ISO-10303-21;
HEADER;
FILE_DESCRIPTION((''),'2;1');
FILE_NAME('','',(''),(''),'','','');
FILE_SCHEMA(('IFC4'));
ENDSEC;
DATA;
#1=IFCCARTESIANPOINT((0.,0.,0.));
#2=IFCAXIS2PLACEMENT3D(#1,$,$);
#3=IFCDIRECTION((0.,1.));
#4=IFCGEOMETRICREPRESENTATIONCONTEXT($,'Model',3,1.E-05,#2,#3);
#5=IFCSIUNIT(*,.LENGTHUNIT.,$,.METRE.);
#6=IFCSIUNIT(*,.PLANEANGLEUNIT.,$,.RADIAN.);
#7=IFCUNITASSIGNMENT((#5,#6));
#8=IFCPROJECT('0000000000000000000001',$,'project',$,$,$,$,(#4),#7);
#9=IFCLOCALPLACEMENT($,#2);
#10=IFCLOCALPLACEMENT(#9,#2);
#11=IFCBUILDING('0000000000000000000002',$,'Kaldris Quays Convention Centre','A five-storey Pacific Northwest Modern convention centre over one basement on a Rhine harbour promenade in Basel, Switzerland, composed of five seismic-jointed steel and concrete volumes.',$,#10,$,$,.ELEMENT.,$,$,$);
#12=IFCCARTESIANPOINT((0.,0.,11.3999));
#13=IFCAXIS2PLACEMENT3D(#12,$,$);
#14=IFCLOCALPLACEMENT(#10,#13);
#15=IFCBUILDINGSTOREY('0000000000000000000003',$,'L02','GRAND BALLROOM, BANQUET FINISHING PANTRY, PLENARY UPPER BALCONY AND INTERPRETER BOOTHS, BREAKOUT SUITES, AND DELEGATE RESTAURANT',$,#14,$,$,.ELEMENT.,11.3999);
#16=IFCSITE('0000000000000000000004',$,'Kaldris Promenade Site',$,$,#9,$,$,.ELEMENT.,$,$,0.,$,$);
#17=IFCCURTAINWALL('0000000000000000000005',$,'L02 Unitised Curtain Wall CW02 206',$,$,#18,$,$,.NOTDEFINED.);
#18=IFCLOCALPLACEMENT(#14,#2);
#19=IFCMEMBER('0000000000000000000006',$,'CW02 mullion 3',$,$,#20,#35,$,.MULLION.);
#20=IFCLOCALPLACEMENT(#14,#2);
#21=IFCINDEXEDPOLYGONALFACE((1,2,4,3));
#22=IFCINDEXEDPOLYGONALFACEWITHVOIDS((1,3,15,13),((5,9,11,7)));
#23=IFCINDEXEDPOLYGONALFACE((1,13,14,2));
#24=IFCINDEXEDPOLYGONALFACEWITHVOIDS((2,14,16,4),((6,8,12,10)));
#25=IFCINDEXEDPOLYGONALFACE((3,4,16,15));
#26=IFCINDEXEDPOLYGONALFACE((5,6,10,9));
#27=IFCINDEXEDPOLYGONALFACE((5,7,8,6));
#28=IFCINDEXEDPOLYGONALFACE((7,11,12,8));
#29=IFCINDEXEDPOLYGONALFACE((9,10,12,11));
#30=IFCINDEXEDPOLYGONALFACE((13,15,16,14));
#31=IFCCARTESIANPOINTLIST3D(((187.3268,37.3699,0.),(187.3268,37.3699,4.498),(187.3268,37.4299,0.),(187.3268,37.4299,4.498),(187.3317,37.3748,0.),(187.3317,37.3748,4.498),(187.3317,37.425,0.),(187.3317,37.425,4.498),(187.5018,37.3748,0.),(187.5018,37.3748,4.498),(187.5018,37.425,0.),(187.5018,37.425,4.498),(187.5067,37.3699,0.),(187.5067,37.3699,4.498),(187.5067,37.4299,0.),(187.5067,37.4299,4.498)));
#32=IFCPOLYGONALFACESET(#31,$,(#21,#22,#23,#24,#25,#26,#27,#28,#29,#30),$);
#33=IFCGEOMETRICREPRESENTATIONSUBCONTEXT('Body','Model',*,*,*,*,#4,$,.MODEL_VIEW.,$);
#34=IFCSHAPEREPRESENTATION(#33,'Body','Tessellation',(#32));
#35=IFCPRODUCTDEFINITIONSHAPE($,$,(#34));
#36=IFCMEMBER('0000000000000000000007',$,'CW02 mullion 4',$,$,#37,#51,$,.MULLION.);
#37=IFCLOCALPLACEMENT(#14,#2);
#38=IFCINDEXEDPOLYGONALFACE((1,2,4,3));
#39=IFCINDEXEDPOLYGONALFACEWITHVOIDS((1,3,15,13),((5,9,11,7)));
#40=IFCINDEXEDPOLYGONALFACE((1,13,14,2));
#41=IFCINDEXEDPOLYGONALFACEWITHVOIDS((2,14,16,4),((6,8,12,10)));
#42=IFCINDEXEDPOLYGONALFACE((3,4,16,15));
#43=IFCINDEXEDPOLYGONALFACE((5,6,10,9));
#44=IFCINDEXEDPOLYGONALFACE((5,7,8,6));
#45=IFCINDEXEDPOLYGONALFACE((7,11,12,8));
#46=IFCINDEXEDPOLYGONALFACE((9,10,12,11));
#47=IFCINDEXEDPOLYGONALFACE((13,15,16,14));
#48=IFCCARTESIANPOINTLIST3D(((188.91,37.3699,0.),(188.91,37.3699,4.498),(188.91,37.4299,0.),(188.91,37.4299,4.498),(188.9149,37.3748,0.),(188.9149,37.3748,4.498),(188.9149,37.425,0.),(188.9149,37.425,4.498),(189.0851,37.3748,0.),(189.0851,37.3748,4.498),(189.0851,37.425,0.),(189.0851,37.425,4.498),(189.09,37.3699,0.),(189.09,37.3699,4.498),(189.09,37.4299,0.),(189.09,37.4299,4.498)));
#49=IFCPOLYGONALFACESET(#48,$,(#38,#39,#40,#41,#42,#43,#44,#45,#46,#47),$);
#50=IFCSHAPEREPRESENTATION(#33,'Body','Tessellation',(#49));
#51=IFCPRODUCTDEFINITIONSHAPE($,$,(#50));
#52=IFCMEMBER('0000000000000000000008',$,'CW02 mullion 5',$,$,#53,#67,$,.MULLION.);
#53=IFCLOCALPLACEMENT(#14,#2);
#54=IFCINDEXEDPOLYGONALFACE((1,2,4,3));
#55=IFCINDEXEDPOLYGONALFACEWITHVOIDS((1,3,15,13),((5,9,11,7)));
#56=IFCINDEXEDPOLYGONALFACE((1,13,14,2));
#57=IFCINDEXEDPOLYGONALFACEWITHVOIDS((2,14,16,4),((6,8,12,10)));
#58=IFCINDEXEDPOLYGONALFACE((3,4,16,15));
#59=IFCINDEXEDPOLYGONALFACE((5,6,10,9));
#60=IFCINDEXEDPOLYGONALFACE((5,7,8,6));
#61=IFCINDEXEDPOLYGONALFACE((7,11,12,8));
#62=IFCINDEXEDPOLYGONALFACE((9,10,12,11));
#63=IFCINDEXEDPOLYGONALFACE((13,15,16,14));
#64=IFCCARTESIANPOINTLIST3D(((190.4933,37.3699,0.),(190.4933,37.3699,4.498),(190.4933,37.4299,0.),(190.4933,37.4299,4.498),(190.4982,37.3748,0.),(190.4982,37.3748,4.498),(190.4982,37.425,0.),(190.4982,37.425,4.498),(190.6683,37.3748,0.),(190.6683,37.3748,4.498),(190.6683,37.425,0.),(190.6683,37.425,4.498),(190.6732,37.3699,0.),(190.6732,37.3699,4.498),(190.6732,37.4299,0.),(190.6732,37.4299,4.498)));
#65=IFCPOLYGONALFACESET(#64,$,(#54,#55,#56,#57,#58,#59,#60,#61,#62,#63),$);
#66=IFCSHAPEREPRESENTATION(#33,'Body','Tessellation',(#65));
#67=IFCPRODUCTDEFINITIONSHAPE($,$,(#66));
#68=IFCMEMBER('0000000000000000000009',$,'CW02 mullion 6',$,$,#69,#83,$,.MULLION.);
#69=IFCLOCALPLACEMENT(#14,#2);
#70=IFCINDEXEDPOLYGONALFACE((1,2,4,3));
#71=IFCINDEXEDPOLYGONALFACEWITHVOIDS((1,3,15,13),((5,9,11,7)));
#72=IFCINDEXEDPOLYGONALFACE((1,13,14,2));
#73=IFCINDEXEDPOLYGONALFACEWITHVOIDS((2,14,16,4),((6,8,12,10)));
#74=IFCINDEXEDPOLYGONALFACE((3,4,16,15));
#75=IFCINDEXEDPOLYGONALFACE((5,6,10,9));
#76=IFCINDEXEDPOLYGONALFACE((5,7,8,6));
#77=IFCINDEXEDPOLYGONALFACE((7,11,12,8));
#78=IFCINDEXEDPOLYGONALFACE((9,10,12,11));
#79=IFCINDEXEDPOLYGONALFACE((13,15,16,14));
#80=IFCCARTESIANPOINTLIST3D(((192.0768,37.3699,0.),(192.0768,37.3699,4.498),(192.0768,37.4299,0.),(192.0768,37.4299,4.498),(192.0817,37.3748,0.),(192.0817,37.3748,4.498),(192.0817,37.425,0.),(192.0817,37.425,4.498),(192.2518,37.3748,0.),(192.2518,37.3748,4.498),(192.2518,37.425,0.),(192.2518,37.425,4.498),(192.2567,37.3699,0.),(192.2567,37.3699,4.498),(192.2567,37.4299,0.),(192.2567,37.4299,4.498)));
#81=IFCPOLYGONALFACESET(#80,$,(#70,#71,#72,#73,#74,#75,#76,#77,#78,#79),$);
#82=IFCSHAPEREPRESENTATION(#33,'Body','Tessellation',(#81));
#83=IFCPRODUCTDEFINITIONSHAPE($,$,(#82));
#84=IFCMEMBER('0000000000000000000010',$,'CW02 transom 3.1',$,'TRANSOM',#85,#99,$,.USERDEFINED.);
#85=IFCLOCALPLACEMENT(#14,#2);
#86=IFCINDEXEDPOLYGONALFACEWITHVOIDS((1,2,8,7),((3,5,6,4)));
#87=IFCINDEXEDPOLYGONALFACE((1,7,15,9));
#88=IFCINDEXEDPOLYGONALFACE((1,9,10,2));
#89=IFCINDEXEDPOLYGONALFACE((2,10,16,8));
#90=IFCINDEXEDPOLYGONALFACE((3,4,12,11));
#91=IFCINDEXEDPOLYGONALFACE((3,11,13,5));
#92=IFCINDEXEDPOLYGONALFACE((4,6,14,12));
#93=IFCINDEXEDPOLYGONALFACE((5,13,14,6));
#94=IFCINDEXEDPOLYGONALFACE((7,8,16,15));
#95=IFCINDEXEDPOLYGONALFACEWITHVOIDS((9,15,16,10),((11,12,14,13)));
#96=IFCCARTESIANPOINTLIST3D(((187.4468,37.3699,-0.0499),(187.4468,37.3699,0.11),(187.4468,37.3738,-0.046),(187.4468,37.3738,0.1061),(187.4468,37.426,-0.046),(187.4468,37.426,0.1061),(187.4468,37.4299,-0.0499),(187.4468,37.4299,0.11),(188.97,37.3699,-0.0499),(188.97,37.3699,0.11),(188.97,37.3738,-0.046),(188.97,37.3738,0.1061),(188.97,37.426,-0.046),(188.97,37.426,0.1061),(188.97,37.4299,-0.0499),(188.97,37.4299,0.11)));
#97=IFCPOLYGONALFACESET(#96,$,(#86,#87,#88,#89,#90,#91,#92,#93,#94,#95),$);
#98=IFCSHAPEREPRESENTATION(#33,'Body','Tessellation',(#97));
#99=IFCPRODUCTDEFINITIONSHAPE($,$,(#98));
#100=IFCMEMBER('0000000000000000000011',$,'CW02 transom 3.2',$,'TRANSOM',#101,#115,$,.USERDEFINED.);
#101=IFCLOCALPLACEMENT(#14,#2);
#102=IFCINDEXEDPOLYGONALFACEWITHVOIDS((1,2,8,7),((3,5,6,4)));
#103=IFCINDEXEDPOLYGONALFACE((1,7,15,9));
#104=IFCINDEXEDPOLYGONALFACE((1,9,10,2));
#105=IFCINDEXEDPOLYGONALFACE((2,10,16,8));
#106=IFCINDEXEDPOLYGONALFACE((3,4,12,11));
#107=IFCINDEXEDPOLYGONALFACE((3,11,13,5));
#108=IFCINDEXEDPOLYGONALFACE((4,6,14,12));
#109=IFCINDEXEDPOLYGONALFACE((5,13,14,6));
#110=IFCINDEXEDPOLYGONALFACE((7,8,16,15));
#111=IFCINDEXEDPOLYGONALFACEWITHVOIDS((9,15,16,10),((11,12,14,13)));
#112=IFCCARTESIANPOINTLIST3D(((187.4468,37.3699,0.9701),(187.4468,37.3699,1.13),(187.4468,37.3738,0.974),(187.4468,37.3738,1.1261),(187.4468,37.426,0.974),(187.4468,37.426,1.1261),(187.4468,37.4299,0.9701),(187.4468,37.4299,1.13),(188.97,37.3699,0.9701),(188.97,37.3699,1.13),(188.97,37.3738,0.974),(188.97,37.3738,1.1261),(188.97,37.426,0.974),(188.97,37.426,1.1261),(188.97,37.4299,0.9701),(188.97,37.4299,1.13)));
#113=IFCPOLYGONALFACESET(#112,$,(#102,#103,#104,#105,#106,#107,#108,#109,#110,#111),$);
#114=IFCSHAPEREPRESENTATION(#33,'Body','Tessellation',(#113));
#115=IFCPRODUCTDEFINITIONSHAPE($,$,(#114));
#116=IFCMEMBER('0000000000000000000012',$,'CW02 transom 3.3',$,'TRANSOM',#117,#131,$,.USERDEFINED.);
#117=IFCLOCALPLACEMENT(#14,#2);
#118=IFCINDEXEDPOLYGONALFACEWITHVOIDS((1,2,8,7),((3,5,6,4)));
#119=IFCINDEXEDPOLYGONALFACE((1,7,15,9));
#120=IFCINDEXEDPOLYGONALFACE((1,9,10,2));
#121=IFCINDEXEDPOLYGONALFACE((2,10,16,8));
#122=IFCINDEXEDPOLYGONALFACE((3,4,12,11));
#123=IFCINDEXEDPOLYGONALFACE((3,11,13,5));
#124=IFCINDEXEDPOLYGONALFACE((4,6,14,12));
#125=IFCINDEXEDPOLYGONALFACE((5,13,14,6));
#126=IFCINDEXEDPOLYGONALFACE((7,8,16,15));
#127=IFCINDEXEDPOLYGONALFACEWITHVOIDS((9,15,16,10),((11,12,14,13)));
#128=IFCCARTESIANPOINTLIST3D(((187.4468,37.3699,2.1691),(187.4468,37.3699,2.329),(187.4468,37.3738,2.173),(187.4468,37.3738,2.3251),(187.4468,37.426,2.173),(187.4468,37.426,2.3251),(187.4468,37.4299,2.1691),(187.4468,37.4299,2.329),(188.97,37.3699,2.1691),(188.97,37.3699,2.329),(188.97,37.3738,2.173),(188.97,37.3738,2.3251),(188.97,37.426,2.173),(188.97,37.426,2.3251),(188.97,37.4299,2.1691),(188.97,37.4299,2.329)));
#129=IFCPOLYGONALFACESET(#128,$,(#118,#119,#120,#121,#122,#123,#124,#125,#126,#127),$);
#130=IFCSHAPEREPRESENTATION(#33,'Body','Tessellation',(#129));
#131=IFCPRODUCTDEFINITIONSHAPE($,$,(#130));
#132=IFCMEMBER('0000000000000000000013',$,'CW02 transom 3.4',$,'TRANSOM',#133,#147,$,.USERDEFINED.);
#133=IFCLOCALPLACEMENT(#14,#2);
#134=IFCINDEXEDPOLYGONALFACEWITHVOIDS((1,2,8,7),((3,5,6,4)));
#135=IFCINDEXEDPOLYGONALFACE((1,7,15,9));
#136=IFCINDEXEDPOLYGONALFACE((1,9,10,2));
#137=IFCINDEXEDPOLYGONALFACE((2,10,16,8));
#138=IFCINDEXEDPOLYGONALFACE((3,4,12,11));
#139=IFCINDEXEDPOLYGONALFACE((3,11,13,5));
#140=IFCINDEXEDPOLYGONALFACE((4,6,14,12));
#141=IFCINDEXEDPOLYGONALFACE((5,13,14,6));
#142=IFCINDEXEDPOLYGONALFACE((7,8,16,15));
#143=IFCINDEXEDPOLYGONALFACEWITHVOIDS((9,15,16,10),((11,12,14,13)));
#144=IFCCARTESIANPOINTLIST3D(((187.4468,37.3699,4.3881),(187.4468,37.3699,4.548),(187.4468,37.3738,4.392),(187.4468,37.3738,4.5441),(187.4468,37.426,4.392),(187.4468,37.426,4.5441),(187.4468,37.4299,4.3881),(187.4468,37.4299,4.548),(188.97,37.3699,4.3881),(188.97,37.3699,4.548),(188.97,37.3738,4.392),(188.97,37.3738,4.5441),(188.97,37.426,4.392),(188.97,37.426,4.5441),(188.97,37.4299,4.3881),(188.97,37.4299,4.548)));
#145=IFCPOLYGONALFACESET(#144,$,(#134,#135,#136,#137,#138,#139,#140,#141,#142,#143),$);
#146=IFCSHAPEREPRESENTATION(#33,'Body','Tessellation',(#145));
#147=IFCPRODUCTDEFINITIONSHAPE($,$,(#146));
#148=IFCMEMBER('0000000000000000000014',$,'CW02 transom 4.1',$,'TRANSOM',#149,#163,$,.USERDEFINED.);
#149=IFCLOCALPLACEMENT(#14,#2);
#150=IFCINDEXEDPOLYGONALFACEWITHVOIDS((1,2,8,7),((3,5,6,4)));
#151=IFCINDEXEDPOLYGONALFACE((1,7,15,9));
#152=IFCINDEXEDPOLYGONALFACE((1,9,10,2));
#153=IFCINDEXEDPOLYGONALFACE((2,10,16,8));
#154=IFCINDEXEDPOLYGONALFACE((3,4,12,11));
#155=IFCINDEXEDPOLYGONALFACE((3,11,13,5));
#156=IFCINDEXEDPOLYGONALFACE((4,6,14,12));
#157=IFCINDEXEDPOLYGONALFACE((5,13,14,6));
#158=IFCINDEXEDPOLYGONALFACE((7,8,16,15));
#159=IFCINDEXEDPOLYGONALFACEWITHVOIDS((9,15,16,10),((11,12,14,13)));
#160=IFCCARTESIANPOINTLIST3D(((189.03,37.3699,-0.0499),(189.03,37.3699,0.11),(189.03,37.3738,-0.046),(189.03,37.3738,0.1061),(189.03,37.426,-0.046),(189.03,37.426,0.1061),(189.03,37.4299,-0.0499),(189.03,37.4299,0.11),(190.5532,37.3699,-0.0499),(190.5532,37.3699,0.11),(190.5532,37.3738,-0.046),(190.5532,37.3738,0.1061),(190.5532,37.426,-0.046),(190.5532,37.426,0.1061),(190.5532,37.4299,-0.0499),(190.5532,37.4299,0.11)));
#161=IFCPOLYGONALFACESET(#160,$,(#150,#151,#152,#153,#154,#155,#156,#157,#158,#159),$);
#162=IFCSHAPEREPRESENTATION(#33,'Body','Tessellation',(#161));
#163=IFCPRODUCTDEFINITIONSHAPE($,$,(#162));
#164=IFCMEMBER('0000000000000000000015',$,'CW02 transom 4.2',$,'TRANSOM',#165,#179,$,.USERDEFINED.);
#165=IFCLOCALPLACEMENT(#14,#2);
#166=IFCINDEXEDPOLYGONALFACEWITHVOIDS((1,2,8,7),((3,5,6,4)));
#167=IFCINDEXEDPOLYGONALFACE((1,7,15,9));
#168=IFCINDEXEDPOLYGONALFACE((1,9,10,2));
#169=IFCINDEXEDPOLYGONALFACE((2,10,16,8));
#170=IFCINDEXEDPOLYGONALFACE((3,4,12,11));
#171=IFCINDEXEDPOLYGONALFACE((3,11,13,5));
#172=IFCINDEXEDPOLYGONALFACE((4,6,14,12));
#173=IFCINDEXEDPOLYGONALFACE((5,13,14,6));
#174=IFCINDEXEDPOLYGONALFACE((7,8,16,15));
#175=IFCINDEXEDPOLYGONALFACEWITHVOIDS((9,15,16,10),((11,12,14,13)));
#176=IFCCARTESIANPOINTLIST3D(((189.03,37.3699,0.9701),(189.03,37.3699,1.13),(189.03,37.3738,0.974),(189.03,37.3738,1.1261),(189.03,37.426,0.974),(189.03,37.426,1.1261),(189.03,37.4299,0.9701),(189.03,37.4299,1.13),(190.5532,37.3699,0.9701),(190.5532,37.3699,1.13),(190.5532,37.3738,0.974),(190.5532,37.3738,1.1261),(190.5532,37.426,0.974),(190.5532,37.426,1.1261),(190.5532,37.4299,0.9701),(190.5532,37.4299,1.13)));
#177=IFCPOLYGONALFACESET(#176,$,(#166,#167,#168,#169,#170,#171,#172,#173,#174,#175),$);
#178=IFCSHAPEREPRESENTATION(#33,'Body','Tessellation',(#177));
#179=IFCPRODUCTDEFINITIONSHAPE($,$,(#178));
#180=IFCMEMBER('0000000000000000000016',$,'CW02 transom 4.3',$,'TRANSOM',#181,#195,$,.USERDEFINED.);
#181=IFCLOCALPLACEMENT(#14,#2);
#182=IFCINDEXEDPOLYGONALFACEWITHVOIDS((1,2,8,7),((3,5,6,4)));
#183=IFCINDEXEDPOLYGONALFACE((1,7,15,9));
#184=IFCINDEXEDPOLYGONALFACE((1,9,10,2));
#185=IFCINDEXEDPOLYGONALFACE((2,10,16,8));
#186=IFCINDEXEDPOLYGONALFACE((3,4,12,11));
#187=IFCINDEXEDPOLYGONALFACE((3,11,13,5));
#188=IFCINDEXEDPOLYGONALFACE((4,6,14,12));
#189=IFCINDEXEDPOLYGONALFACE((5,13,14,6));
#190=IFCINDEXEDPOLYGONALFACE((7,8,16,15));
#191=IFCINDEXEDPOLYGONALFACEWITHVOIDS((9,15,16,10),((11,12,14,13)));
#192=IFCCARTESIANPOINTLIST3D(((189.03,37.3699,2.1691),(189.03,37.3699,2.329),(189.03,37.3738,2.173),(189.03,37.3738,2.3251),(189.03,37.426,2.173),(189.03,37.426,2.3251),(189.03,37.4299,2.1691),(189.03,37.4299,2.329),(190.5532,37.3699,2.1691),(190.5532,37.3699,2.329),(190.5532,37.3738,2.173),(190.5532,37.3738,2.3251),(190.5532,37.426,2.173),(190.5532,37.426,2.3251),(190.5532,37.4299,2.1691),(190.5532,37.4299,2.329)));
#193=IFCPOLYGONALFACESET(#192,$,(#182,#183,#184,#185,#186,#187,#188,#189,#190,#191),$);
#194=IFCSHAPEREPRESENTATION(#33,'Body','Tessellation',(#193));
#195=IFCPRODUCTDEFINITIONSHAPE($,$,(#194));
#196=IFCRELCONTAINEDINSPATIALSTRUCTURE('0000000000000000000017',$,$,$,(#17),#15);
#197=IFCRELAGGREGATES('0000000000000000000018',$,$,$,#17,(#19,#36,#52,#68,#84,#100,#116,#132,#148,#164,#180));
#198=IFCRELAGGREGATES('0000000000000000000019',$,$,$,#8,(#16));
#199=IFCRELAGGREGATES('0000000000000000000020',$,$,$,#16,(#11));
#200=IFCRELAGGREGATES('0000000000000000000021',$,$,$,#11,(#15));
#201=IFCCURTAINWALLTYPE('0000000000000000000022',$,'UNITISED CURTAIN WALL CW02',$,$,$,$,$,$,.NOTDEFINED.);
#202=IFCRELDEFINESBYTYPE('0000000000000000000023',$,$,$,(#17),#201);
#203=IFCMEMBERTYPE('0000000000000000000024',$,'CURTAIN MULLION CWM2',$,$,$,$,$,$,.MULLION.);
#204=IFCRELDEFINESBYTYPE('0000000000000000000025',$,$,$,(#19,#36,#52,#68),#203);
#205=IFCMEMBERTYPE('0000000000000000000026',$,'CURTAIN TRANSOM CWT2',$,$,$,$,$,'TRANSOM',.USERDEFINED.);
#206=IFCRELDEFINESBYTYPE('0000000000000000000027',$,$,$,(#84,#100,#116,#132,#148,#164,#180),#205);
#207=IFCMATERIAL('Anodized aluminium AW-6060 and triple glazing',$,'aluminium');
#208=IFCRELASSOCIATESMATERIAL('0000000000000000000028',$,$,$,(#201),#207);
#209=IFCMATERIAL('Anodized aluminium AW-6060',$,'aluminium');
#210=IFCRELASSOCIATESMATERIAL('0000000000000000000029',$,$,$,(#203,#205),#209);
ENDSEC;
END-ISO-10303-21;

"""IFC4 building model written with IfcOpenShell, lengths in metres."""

from ifc_helpers import new_model, si_unit, direction, frame, origin, origin_2d, place, context, subcontext, project, spatial, hollow_rectangle, extrude, material, material_profile, profile_set, type_object, element, aggregate, save


model = new_model("IFC4")

# Units and contexts
model_context = context("Model", 3, precision=1e-05, world=origin(), true_north=direction((0.0, 1.0)))
body_context = subcontext(model_context, "Body", "Model", "MODEL_VIEW")
ifc_project = project(units=[si_unit("LENGTHUNIT", "METRE"), si_unit("PLANEANGLEUNIT", "RADIAN")], contexts=[model_context])

# Site, building, storey
site_placement = place(None, origin())
site = spatial("IfcSite", under=ifc_project, at=site_placement, Name="Kaldris Promenade Site", CompositionType="ELEMENT", RefElevation=0.0)
building_placement = place(site_placement, origin())
building = spatial("IfcBuilding", under=site, at=building_placement, Name="Kaldris Quays Convention Centre", Description="A five-storey Pacific Northwest Modern convention centre over one basement on a Rhine harbour promenade in Basel, Switzerland, composed of five seismic-jointed steel and concrete volumes.", CompositionType="ELEMENT")
storey_placement = place(building_placement, frame((0.0, 0.0, 11.3999)))
storey = spatial("IfcBuildingStorey", under=building, at=storey_placement, Name="L02", Description="GRAND BALLROOM, BANQUET FINISHING PANTRY, PLENARY UPPER BALCONY AND INTERPRETER BOOTHS, BREAKOUT SUITES, AND DELEGATE RESTAURANT", CompositionType="ELEMENT", Elevation=11.3999)

# Curtain wall, members
ifc_material_1 = material(Name="Anodized aluminium AW-6060 and triple glazing", Category="aluminium")
curtain_wall_type = type_object("IfcCurtainWallType", Name="UNITISED CURTAIN WALL CW02", PredefinedType="NOTDEFINED", material=ifc_material_1)
curtain_wall_placement = place(storey_placement, origin())
curtain_wall = element("IfcCurtainWall", 1, at=curtain_wall_placement, inside=storey, type_object=curtain_wall_type, Name="L02 Unitised Curtain Wall CW02 206", PredefinedType="NOTDEFINED")
ifc_material_2 = material(Name="Anodized aluminium AW-6060", Category="aluminium")
ifc_material_profile_1 = material_profile(ifc_material_2, hollow_rectangle(XDim=0.0601, YDim=0.1799, WallThickness=0.0049, at=origin_2d()), Name="RHS 180x60x5")
ifc_profile_set_1 = profile_set([ifc_material_profile_1], Name="Anodized aluminium AW-6060")
member_type_1 = type_object("IfcMemberType", Name="CURTAIN MULLION CWM2", PredefinedType="MULLION", material=ifc_profile_set_1)
member_1_placement = place(storey_placement, frame((187.4167, 37.3999, 0.0), z_axis=(0.0, 0.0, 1.0), x_axis=(0.0, 1.0, 0.0)))
member_1 = element("IfcMember", 2, at=member_1_placement, type_object=member_type_1, Name="CW02 mullion 3", PredefinedType="MULLION", context=body_context, shape_type="SweptSolid", body=[
    extrude(hollow_rectangle(XDim=0.0601, YDim=0.1799, WallThickness=0.0049, at=origin_2d()), origin(), (0.0, 0.0, 1.0), 4.498),
])
member_2_placement = place(storey_placement, frame((189.0, 37.3999, 0.0), z_axis=(0.0, 0.0, 1.0), x_axis=(0.0, 1.0, 0.0)))
member_2 = element("IfcMember", 3, at=member_2_placement, type_object=member_type_1, Name="CW02 mullion 4", PredefinedType="MULLION", context=body_context, shape_type="SweptSolid", body=[
    extrude(hollow_rectangle(XDim=0.0601, YDim=0.1799, WallThickness=0.0049, at=origin_2d()), origin(), (0.0, 0.0, 1.0), 4.498),
])
member_3_placement = place(storey_placement, frame((190.5833, 37.3999, 0.0), z_axis=(0.0, 0.0, 1.0), x_axis=(0.0, 1.0, 0.0)))
member_3 = element("IfcMember", 4, at=member_3_placement, type_object=member_type_1, Name="CW02 mullion 5", PredefinedType="MULLION", context=body_context, shape_type="SweptSolid", body=[
    extrude(hollow_rectangle(XDim=0.0601, YDim=0.1799, WallThickness=0.0049, at=origin_2d()), origin(), (0.0, 0.0, 1.0), 4.498),
])
member_4_placement = place(storey_placement, frame((192.1667, 37.3999, 0.0), z_axis=(0.0, 0.0, 1.0), x_axis=(0.0, 1.0, 0.0)))
member_4 = element("IfcMember", 5, at=member_4_placement, type_object=member_type_1, Name="CW02 mullion 6", PredefinedType="MULLION", context=body_context, shape_type="SweptSolid", body=[
    extrude(hollow_rectangle(XDim=0.0601, YDim=0.1799, WallThickness=0.0049, at=origin_2d()), origin(), (0.0, 0.0, 1.0), 4.498),
])
ifc_material_profile_2 = material_profile(ifc_material_2, hollow_rectangle(XDim=0.0601, YDim=0.1599, WallThickness=0.0039, at=origin_2d()), Name="RHS 160x60x4")
ifc_profile_set_2 = profile_set([ifc_material_profile_2], Name="Anodized aluminium AW-6060")
member_type_2 = type_object("IfcMemberType", Name="CURTAIN TRANSOM CWT2", ElementType="TRANSOM", PredefinedType="USERDEFINED", material=ifc_profile_set_2)
member_5_placement = place(storey_placement, frame((187.4468, 37.3999, 0.03), z_axis=(1.0, 0.0, 0.0), x_axis=(0.0, 1.0, 0.0)))
member_5 = element("IfcMember", 6, at=member_5_placement, type_object=member_type_2, Name="CW02 transom 3.1", ObjectType="TRANSOM", PredefinedType="USERDEFINED", context=body_context, shape_type="SweptSolid", body=[
    extrude(hollow_rectangle(XDim=0.0601, YDim=0.1599, WallThickness=0.0039, at=origin_2d()), origin(), (0.0, 0.0, 1.0), 1.5232),
])
member_6_placement = place(storey_placement, frame((187.4468, 37.3999, 1.05), z_axis=(1.0, 0.0, 0.0), x_axis=(0.0, 1.0, 0.0)))
member_6 = element("IfcMember", 7, at=member_6_placement, type_object=member_type_2, Name="CW02 transom 3.2", ObjectType="TRANSOM", PredefinedType="USERDEFINED", context=body_context, shape_type="SweptSolid", body=[
    extrude(hollow_rectangle(XDim=0.0601, YDim=0.1599, WallThickness=0.0039, at=origin_2d()), origin(), (0.0, 0.0, 1.0), 1.5232),
])
member_7_placement = place(storey_placement, frame((187.4468, 37.3999, 2.249), z_axis=(1.0, 0.0, 0.0), x_axis=(0.0, 1.0, 0.0)))
member_7 = element("IfcMember", 8, at=member_7_placement, type_object=member_type_2, Name="CW02 transom 3.3", ObjectType="TRANSOM", PredefinedType="USERDEFINED", context=body_context, shape_type="SweptSolid", body=[
    extrude(hollow_rectangle(XDim=0.0601, YDim=0.1599, WallThickness=0.0039, at=origin_2d()), origin(), (0.0, 0.0, 1.0), 1.5232),
])
member_8_placement = place(storey_placement, frame((187.4468, 37.3999, 4.468), z_axis=(1.0, 0.0, 0.0), x_axis=(0.0, 1.0, 0.0)))
member_8 = element("IfcMember", 9, at=member_8_placement, type_object=member_type_2, Name="CW02 transom 3.4", ObjectType="TRANSOM", PredefinedType="USERDEFINED", context=body_context, shape_type="SweptSolid", body=[
    extrude(hollow_rectangle(XDim=0.0601, YDim=0.1599, WallThickness=0.0039, at=origin_2d()), origin(), (0.0, 0.0, 1.0), 1.5232),
])
member_9_placement = place(storey_placement, frame((189.03, 37.3999, 0.03), z_axis=(1.0, 0.0, 0.0), x_axis=(0.0, 1.0, 0.0)))
member_9 = element("IfcMember", 10, at=member_9_placement, type_object=member_type_2, Name="CW02 transom 4.1", ObjectType="TRANSOM", PredefinedType="USERDEFINED", context=body_context, shape_type="SweptSolid", body=[
    extrude(hollow_rectangle(XDim=0.0601, YDim=0.1599, WallThickness=0.0039, at=origin_2d()), origin(), (0.0, 0.0, 1.0), 1.5232),
])
member_10_placement = place(storey_placement, frame((189.03, 37.3999, 1.05), z_axis=(1.0, 0.0, 0.0), x_axis=(0.0, 1.0, 0.0)))
member_10 = element("IfcMember", 11, at=member_10_placement, type_object=member_type_2, Name="CW02 transom 4.2", ObjectType="TRANSOM", PredefinedType="USERDEFINED", context=body_context, shape_type="SweptSolid", body=[
    extrude(hollow_rectangle(XDim=0.0601, YDim=0.1599, WallThickness=0.0039, at=origin_2d()), origin(), (0.0, 0.0, 1.0), 1.5232),
])
member_11_placement = place(storey_placement, frame((189.03, 37.3999, 2.249), z_axis=(1.0, 0.0, 0.0), x_axis=(0.0, 1.0, 0.0)))
member_11 = element("IfcMember", 12, at=member_11_placement, type_object=member_type_2, Name="CW02 transom 4.3", ObjectType="TRANSOM", PredefinedType="USERDEFINED", context=body_context, shape_type="SweptSolid", body=[
    extrude(hollow_rectangle(XDim=0.0601, YDim=0.1599, WallThickness=0.0039, at=origin_2d()), origin(), (0.0, 0.0, 1.0), 1.5232),
])

aggregate(curtain_wall, [member_1, member_2, member_3, member_4, member_5, member_6, member_7, member_8, member_9, member_10, member_11])

save(model, "model.ifc")
